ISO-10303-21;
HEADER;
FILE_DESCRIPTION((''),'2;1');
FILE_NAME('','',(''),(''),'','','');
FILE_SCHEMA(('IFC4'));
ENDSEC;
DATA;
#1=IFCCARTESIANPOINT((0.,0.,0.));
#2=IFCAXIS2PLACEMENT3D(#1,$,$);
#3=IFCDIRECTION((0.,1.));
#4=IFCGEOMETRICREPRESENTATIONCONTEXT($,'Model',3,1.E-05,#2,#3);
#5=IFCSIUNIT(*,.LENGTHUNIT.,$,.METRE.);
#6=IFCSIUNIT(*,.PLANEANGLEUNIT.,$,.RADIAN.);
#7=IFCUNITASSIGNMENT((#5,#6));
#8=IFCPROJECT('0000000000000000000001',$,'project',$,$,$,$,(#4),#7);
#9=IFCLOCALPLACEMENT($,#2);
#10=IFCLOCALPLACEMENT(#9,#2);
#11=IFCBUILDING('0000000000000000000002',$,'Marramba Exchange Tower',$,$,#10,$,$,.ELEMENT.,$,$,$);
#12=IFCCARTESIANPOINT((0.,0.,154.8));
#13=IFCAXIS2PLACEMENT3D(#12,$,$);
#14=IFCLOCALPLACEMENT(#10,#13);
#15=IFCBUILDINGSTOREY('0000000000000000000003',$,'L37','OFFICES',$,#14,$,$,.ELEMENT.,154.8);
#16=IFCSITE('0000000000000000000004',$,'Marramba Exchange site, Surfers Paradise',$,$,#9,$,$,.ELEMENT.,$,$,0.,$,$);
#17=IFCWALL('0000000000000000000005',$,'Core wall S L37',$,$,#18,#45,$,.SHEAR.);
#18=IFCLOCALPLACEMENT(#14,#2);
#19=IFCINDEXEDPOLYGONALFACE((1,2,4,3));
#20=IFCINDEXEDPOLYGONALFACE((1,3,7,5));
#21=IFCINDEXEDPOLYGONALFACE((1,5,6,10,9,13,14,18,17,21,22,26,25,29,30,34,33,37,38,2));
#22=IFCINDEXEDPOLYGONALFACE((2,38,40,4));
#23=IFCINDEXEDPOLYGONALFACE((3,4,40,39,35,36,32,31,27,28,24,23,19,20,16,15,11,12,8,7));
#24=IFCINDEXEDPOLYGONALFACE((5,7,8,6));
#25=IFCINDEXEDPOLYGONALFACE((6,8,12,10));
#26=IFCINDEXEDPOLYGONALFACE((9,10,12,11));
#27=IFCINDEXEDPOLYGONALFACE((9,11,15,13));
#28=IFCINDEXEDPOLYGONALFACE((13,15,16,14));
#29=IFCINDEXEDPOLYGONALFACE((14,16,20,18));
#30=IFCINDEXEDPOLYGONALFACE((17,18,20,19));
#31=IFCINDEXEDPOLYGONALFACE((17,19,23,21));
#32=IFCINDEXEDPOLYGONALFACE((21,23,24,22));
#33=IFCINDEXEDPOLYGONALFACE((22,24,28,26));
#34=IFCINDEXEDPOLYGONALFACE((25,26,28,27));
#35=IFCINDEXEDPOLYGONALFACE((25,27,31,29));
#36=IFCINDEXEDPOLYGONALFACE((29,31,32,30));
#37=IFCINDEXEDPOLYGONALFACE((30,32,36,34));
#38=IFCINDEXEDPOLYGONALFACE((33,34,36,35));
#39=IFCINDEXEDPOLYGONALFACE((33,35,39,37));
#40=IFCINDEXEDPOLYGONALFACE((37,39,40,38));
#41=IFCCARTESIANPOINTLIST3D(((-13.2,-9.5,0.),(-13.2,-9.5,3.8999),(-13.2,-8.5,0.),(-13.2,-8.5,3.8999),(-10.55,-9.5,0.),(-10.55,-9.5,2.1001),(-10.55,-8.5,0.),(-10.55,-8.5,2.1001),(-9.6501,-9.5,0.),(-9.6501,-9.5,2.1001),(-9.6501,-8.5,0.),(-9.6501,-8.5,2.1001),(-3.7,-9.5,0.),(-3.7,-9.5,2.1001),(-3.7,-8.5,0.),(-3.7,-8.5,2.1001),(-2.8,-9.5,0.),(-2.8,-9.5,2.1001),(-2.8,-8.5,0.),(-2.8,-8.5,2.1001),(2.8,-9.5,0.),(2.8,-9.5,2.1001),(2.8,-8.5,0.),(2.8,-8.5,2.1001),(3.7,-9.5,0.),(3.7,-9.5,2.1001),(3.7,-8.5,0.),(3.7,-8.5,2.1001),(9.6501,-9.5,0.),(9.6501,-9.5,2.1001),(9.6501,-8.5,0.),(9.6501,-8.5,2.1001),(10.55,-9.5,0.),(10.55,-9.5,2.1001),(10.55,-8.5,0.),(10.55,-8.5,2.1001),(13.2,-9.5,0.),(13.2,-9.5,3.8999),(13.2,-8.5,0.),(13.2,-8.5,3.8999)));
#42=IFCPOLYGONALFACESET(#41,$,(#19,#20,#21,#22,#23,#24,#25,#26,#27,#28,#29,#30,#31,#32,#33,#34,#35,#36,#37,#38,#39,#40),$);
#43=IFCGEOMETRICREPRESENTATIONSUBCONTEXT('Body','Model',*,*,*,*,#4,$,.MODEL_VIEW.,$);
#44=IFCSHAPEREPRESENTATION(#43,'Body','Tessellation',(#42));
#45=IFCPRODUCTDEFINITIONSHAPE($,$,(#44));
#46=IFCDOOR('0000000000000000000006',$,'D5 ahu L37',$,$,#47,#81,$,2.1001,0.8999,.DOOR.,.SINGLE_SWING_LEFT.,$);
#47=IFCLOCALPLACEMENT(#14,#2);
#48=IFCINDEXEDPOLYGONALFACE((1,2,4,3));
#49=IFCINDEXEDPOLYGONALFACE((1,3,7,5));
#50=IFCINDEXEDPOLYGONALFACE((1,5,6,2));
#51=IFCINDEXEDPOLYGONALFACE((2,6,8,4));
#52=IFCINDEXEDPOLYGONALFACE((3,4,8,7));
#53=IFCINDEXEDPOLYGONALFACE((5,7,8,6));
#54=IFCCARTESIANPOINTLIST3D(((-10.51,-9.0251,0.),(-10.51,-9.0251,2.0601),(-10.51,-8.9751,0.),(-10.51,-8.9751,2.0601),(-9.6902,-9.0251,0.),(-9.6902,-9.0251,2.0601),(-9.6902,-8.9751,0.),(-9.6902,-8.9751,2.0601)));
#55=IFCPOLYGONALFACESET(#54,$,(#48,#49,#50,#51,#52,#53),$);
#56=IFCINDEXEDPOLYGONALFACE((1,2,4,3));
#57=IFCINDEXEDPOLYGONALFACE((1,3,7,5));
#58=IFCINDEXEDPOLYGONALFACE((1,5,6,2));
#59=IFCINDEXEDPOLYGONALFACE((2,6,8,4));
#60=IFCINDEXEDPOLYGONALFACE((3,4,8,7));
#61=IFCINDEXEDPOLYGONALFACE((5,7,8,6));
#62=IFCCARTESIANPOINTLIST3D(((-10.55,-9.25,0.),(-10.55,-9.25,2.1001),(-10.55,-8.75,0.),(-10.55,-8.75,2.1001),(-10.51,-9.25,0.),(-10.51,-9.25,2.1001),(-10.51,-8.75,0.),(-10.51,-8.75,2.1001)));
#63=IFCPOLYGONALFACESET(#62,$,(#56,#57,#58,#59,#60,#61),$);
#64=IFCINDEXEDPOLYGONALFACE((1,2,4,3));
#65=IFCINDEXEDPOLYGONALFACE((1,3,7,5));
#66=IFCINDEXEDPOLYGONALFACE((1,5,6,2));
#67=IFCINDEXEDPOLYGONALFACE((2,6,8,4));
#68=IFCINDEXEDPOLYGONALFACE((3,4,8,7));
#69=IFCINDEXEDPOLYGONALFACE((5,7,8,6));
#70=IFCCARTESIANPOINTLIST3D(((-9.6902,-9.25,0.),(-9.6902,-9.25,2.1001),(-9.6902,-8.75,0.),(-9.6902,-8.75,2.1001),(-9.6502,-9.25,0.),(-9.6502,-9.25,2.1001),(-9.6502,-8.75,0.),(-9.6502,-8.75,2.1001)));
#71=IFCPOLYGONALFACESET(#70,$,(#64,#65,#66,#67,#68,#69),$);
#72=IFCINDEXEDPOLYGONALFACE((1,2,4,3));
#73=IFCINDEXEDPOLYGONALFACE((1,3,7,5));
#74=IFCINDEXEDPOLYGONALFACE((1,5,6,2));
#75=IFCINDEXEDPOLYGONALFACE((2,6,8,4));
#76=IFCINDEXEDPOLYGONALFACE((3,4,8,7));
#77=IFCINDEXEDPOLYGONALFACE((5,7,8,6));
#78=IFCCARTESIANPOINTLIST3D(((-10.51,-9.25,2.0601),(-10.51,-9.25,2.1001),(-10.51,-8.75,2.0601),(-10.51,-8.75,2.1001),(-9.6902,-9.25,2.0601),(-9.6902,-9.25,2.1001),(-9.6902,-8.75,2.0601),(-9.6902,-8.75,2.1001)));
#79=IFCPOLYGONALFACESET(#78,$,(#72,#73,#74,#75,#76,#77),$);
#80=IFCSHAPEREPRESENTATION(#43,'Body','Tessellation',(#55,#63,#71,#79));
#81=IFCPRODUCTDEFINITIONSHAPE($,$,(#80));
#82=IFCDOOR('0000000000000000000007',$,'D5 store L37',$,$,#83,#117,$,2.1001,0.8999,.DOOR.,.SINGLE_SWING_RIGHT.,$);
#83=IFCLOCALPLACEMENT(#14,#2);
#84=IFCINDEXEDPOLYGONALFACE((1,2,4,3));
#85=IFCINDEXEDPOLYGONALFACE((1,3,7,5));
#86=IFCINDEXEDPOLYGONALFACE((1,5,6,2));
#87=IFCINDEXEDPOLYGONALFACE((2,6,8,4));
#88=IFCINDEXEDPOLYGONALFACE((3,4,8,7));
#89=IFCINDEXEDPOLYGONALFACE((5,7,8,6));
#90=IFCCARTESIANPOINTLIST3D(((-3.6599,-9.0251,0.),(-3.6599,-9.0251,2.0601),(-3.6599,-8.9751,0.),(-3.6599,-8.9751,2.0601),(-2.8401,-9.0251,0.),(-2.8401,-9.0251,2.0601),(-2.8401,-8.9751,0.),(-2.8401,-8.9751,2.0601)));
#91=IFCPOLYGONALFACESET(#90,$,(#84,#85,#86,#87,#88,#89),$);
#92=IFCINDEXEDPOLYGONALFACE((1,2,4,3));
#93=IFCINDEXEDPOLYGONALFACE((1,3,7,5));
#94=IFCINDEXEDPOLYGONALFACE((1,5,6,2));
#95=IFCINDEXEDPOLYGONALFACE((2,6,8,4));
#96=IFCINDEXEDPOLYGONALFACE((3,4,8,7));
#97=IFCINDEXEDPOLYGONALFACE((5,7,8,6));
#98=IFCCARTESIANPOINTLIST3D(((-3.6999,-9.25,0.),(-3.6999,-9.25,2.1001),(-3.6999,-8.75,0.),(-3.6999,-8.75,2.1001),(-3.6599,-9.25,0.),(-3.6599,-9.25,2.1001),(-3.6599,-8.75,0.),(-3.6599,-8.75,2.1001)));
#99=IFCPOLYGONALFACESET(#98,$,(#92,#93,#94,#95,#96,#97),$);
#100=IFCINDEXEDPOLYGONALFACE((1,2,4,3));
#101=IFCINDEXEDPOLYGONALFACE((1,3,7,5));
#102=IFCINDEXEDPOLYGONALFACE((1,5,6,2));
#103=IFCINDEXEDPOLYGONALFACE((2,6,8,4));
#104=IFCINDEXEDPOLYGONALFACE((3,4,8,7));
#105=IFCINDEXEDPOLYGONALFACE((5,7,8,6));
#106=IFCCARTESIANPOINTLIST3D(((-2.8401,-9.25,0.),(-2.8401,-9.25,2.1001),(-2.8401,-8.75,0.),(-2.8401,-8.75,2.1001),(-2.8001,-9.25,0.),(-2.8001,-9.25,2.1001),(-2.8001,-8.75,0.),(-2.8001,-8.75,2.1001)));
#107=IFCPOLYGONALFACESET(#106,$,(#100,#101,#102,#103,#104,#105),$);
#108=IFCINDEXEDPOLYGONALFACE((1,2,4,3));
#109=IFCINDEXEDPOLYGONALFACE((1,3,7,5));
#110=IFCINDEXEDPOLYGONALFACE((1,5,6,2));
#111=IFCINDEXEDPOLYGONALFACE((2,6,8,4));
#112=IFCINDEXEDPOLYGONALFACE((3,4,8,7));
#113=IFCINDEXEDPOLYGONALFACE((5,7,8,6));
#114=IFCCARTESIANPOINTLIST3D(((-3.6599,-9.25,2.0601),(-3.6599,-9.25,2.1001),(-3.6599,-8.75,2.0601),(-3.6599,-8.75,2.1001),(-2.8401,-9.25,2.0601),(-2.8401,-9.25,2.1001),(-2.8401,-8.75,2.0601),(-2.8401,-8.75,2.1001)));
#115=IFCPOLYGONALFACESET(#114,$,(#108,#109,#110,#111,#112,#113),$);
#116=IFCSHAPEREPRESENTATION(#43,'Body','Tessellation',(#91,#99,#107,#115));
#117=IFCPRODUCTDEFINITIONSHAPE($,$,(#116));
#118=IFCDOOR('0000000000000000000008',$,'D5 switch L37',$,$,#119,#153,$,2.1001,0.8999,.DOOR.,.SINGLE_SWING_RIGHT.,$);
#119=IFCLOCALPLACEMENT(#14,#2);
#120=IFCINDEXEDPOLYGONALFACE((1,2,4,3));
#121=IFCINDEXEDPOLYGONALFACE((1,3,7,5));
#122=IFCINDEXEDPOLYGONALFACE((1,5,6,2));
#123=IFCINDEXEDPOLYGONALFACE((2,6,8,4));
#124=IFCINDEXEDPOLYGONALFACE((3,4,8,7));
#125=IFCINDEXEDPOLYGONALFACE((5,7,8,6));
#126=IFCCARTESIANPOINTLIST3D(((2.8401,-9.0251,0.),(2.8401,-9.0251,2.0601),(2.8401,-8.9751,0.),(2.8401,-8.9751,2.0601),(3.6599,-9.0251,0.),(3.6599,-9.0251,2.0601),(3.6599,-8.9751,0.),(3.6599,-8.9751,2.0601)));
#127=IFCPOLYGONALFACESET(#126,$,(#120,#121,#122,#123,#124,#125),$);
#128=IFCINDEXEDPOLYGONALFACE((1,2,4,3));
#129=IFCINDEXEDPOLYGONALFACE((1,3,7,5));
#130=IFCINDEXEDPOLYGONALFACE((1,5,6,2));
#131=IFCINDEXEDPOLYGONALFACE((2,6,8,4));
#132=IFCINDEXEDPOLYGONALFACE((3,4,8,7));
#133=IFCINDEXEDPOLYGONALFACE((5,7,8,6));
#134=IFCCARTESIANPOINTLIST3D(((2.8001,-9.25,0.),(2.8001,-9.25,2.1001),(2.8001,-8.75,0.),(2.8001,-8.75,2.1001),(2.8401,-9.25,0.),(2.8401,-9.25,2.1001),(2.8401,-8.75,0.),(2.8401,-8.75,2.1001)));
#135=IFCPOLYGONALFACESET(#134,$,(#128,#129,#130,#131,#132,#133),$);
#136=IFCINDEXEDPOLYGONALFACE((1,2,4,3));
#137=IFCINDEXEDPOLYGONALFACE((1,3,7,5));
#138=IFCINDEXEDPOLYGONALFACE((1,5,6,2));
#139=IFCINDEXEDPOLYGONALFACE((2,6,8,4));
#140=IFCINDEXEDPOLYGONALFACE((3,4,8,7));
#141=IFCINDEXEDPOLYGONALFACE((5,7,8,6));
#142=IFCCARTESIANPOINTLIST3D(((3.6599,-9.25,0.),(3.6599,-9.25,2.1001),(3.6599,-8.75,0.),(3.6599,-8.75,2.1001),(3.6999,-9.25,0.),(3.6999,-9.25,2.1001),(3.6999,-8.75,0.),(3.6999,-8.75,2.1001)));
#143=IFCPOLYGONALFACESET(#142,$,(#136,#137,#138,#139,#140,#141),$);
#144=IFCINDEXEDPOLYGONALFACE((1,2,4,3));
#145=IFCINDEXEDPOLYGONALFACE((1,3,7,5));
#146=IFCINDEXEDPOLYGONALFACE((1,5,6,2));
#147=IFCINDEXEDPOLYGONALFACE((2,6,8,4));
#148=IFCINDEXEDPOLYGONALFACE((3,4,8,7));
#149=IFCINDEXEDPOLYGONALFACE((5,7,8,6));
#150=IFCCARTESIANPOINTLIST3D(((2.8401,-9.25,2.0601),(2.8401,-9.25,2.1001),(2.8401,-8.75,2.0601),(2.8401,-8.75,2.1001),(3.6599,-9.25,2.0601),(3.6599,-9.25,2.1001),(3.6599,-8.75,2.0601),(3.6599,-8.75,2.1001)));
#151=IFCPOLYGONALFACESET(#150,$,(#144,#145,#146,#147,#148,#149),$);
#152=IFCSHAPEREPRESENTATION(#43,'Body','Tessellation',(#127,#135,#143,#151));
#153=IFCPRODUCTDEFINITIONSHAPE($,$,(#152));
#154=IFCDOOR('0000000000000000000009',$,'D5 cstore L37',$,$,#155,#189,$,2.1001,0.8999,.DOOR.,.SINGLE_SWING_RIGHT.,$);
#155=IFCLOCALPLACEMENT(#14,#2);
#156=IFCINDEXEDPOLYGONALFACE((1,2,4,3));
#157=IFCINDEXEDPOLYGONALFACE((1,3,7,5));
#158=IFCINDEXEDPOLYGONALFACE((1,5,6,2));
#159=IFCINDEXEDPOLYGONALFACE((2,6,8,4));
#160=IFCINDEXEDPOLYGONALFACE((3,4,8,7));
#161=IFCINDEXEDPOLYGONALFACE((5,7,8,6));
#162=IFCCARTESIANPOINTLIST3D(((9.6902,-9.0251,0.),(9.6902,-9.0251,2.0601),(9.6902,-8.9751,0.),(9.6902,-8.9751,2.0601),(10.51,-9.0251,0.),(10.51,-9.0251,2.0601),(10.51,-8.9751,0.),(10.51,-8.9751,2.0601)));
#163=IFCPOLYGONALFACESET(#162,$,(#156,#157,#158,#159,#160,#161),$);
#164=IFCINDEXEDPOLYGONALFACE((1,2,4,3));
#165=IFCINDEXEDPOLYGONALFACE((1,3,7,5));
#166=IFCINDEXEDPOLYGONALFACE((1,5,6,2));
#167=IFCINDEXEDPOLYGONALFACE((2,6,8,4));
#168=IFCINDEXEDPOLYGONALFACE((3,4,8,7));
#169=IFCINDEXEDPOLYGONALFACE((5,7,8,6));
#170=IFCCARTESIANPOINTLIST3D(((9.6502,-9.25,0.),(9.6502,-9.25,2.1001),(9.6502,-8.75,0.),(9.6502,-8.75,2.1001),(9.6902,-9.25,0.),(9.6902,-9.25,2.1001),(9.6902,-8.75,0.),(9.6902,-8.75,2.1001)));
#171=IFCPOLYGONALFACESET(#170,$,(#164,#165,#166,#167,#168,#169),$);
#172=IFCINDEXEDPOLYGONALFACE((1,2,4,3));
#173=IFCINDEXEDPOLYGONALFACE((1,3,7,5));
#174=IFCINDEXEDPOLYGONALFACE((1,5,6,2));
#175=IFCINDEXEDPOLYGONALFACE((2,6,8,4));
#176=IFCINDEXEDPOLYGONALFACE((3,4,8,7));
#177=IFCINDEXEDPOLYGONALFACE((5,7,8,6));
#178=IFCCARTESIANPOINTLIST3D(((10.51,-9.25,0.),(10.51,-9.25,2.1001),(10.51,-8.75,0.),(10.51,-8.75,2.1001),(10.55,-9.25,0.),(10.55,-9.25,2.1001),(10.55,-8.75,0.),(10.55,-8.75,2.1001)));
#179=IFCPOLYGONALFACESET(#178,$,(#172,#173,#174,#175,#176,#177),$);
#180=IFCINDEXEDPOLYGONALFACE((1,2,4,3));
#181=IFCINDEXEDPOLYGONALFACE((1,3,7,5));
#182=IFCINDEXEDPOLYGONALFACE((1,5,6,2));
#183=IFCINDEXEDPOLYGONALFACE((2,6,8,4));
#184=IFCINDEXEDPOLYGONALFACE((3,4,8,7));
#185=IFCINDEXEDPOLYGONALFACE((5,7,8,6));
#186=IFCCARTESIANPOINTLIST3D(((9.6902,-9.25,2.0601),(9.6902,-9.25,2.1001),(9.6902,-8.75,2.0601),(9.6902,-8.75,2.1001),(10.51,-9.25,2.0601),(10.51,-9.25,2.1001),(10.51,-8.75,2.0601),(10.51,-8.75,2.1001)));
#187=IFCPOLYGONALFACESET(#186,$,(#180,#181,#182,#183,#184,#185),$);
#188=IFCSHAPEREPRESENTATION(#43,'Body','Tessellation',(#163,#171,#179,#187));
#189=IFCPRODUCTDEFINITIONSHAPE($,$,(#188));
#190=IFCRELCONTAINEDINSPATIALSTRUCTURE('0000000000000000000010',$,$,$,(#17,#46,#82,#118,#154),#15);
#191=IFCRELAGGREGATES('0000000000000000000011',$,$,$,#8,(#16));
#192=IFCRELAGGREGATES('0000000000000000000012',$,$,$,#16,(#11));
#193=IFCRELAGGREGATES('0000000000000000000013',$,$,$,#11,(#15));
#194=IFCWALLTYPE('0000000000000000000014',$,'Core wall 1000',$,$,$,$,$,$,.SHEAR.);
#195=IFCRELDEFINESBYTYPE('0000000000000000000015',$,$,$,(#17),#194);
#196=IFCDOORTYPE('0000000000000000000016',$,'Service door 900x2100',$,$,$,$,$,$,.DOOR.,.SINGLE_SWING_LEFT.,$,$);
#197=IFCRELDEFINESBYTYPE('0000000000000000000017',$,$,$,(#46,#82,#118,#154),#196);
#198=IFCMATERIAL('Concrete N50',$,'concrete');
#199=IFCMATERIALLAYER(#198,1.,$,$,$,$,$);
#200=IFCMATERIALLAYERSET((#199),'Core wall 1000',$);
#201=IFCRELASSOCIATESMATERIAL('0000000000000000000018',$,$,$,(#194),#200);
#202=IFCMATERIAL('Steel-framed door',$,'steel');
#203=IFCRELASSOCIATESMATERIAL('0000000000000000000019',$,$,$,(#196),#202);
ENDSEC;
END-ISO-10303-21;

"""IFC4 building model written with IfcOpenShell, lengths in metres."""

from ifc_helpers import new_model, si_unit, direction, frame, frame_2d, origin, place, context, subcontext, project, spatial, rectangle, extrude, material, layer, layer_set, type_object, element, fill, save


model = new_model("IFC4")

# Units and contexts
model_context = context("Model", 3, precision=1e-05, world=origin(), true_north=direction((0.0, 1.0)))
body_context = subcontext(model_context, "Body", "Model", "MODEL_VIEW")
ifc_project = project(units=[si_unit("LENGTHUNIT", "METRE"), si_unit("PLANEANGLEUNIT", "RADIAN")], contexts=[model_context])

# Site, building, storey
site_placement = place(None, origin())
site = spatial("IfcSite", under=ifc_project, at=site_placement, Name="Marramba Exchange site, Surfers Paradise", CompositionType="ELEMENT", RefElevation=0.0)
building_placement = place(site_placement, origin())
building = spatial("IfcBuilding", under=site, at=building_placement, Name="Marramba Exchange Tower", CompositionType="ELEMENT")
storey_placement = place(building_placement, frame((0.0, 0.0, 154.8)))
storey = spatial("IfcBuildingStorey", under=building, at=storey_placement, Name="L37", Description="OFFICES", CompositionType="ELEMENT", Elevation=154.8)

# Shared definitions
ifc_material_1 = material(Name="Concrete N50", Category="concrete")

# Wall, openings, doors
ifc_layer_1 = layer(ifc_material_1, 1.0)
ifc_layer_set_1 = layer_set([ifc_layer_1], Name="Core wall 1000")
wall_type_1 = type_object("IfcWallType", Name="Core wall 1000", PredefinedType="SHEAR", material=ifc_layer_set_1)
wall_1_placement = place(storey_placement, frame((-13.2, -9.0, 0.0), z_axis=(0.0, 0.0, 1.0), x_axis=(1.0, 0.0, 0.0)))
wall_1 = element("IfcWall", 1, at=wall_1_placement, inside=storey, type_object=wall_type_1, Name="Core wall S L37", PredefinedType="SHEAR", context=body_context, shape_type="SweptSolid", body=[
    extrude(rectangle(XDim=26.3999, YDim=1.0, at=frame_2d((13.2, 0.0))), origin(), (0.0, 0.0, 1.0), 3.8999),
])
opening_1_placement = place(wall_1_placement, frame((2.6499, 0.0, 0.0)))
opening_1 = element("IfcOpeningElement", 2, at=opening_1_placement, cuts=wall_1, PredefinedType="OPENING", context=body_context, shape_type="SweptSolid", body=[
    extrude(rectangle(XDim=0.8999, YDim=2.1001, at=frame_2d((0.45, 1.05))), frame((0.0, 0.51, 0.0), z_axis=(0.0, -1.0, 0.0), x_axis=(1.0, 0.0, 0.0)), (0.0, 0.0, 1.0), 1.02),
])
opening_2_placement = place(wall_1_placement, frame((9.5, 0.0, 0.0)))
opening_2 = element("IfcOpeningElement", 3, at=opening_2_placement, cuts=wall_1, PredefinedType="OPENING", context=body_context, shape_type="SweptSolid", body=[
    extrude(rectangle(XDim=0.8999, YDim=2.1001, at=frame_2d((0.45, 1.05))), frame((0.0, 0.51, 0.0), z_axis=(0.0, -1.0, 0.0), x_axis=(1.0, 0.0, 0.0)), (0.0, 0.0, 1.0), 1.02),
])
opening_3_placement = place(wall_1_placement, frame((16.0, 0.0, 0.0)))
opening_3 = element("IfcOpeningElement", 4, at=opening_3_placement, cuts=wall_1, PredefinedType="OPENING", context=body_context, shape_type="SweptSolid", body=[
    extrude(rectangle(XDim=0.8999, YDim=2.1001, at=frame_2d((0.45, 1.05))), frame((0.0, 0.51, 0.0), z_axis=(0.0, -1.0, 0.0), x_axis=(1.0, 0.0, 0.0)), (0.0, 0.0, 1.0), 1.02),
])
opening_4_placement = place(wall_1_placement, frame((22.8501, 0.0, 0.0)))
opening_4 = element("IfcOpeningElement", 5, at=opening_4_placement, cuts=wall_1, PredefinedType="OPENING", context=body_context, shape_type="SweptSolid", body=[
    extrude(rectangle(XDim=0.8999, YDim=2.1001, at=frame_2d((0.45, 1.05))), frame((0.0, 0.51, 0.0), z_axis=(0.0, -1.0, 0.0), x_axis=(1.0, 0.0, 0.0)), (0.0, 0.0, 1.0), 1.02),
])
ifc_material_2 = material(Name="Steel-framed door", Category="steel")
door_type_1 = type_object("IfcDoorType", Name="Service door 900x2100", OperationType="SINGLE_SWING_LEFT", PredefinedType="DOOR", material=ifc_material_2)
door_1_placement = place(opening_1_placement, origin())
door_1 = element("IfcDoor", 6, at=door_1_placement, inside=storey, type_object=door_type_1, Name="D5 ahu L37", OperationType="SINGLE_SWING_LEFT", OverallHeight=2.1001, OverallWidth=0.8999, PredefinedType="DOOR", context=body_context, shape_type="SweptSolid", body=[
    extrude(rectangle(XDim=0.8198, YDim=2.0601, at=frame_2d((0.45, 1.03))), frame((0.0, 0.0249, 0.0), z_axis=(0.0, -1.0, 0.0), x_axis=(1.0, 0.0, 0.0)), (0.0, 0.0, 1.0), 0.05),
    extrude(rectangle(XDim=0.04, YDim=2.1001, at=frame_2d((0.02, 1.05))), frame((0.0, 0.25, 0.0), z_axis=(0.0, -1.0, 0.0), x_axis=(1.0, 0.0, 0.0)), (0.0, 0.0, 1.0), 0.5),
    extrude(rectangle(XDim=0.04, YDim=2.1001, at=frame_2d((0.8799, 1.05))), frame((0.0, 0.25, 0.0), z_axis=(0.0, -1.0, 0.0), x_axis=(1.0, 0.0, 0.0)), (0.0, 0.0, 1.0), 0.5),
    extrude(rectangle(XDim=0.8198, YDim=0.04, at=frame_2d((0.45, 2.0801))), frame((0.0, 0.25, 0.0), z_axis=(0.0, -1.0, 0.0), x_axis=(1.0, 0.0, 0.0)), (0.0, 0.0, 1.0), 0.5),
])
fill(opening_1, door_1)
door_2_placement = place(opening_2_placement, origin())
door_2 = element("IfcDoor", 7, at=door_2_placement, inside=storey, type_object=door_type_1, Name="D5 store L37", OperationType="SINGLE_SWING_RIGHT", OverallHeight=2.1001, OverallWidth=0.8999, PredefinedType="DOOR", context=body_context, shape_type="SweptSolid", body=[
    extrude(rectangle(XDim=0.8198, YDim=2.0601, at=frame_2d((0.45, 1.03))), frame((0.0, 0.0249, 0.0), z_axis=(0.0, -1.0, 0.0), x_axis=(1.0, 0.0, 0.0)), (0.0, 0.0, 1.0), 0.05),
    extrude(rectangle(XDim=0.04, YDim=2.1001, at=frame_2d((0.02, 1.05))), frame((0.0, 0.25, 0.0), z_axis=(0.0, -1.0, 0.0), x_axis=(1.0, 0.0, 0.0)), (0.0, 0.0, 1.0), 0.5),
    extrude(rectangle(XDim=0.04, YDim=2.1001, at=frame_2d((0.8799, 1.05))), frame((0.0, 0.25, 0.0), z_axis=(0.0, -1.0, 0.0), x_axis=(1.0, 0.0, 0.0)), (0.0, 0.0, 1.0), 0.5),
    extrude(rectangle(XDim=0.8198, YDim=0.04, at=frame_2d((0.45, 2.0801))), frame((0.0, 0.25, 0.0), z_axis=(0.0, -1.0, 0.0), x_axis=(1.0, 0.0, 0.0)), (0.0, 0.0, 1.0), 0.5),
])
fill(opening_2, door_2)
door_3_placement = place(opening_3_placement, origin())
door_3 = element("IfcDoor", 8, at=door_3_placement, inside=storey, type_object=door_type_1, Name="D5 switch L37", OperationType="SINGLE_SWING_RIGHT", OverallHeight=2.1001, OverallWidth=0.8999, PredefinedType="DOOR", context=body_context, shape_type="SweptSolid", body=[
    extrude(rectangle(XDim=0.8198, YDim=2.0601, at=frame_2d((0.45, 1.03))), frame((0.0, 0.0249, 0.0), z_axis=(0.0, -1.0, 0.0), x_axis=(1.0, 0.0, 0.0)), (0.0, 0.0, 1.0), 0.05),
    extrude(rectangle(XDim=0.04, YDim=2.1001, at=frame_2d((0.02, 1.05))), frame((0.0, 0.25, 0.0), z_axis=(0.0, -1.0, 0.0), x_axis=(1.0, 0.0, 0.0)), (0.0, 0.0, 1.0), 0.5),
    extrude(rectangle(XDim=0.04, YDim=2.1001, at=frame_2d((0.8799, 1.05))), frame((0.0, 0.25, 0.0), z_axis=(0.0, -1.0, 0.0), x_axis=(1.0, 0.0, 0.0)), (0.0, 0.0, 1.0), 0.5),
    extrude(rectangle(XDim=0.8198, YDim=0.04, at=frame_2d((0.45, 2.0801))), frame((0.0, 0.25, 0.0), z_axis=(0.0, -1.0, 0.0), x_axis=(1.0, 0.0, 0.0)), (0.0, 0.0, 1.0), 0.5),
])
fill(opening_3, door_3)
door_4_placement = place(opening_4_placement, origin())
door_4 = element("IfcDoor", 9, at=door_4_placement, inside=storey, type_object=door_type_1, Name="D5 cstore L37", OperationType="SINGLE_SWING_RIGHT", OverallHeight=2.1001, OverallWidth=0.8999, PredefinedType="DOOR", context=body_context, shape_type="SweptSolid", body=[
    extrude(rectangle(XDim=0.8198, YDim=2.0601, at=frame_2d((0.45, 1.03))), frame((0.0, 0.0249, 0.0), z_axis=(0.0, -1.0, 0.0), x_axis=(1.0, 0.0, 0.0)), (0.0, 0.0, 1.0), 0.05),
    extrude(rectangle(XDim=0.04, YDim=2.1001, at=frame_2d((0.02, 1.05))), frame((0.0, 0.25, 0.0), z_axis=(0.0, -1.0, 0.0), x_axis=(1.0, 0.0, 0.0)), (0.0, 0.0, 1.0), 0.5),
    extrude(rectangle(XDim=0.04, YDim=2.1001, at=frame_2d((0.8799, 1.05))), frame((0.0, 0.25, 0.0), z_axis=(0.0, -1.0, 0.0), x_axis=(1.0, 0.0, 0.0)), (0.0, 0.0, 1.0), 0.5),
    extrude(rectangle(XDim=0.8198, YDim=0.04, at=frame_2d((0.45, 2.0801))), frame((0.0, 0.25, 0.0), z_axis=(0.0, -1.0, 0.0), x_axis=(1.0, 0.0, 0.0)), (0.0, 0.0, 1.0), 0.5),
])
fill(opening_4, door_4)

save(model, "model.ifc")
